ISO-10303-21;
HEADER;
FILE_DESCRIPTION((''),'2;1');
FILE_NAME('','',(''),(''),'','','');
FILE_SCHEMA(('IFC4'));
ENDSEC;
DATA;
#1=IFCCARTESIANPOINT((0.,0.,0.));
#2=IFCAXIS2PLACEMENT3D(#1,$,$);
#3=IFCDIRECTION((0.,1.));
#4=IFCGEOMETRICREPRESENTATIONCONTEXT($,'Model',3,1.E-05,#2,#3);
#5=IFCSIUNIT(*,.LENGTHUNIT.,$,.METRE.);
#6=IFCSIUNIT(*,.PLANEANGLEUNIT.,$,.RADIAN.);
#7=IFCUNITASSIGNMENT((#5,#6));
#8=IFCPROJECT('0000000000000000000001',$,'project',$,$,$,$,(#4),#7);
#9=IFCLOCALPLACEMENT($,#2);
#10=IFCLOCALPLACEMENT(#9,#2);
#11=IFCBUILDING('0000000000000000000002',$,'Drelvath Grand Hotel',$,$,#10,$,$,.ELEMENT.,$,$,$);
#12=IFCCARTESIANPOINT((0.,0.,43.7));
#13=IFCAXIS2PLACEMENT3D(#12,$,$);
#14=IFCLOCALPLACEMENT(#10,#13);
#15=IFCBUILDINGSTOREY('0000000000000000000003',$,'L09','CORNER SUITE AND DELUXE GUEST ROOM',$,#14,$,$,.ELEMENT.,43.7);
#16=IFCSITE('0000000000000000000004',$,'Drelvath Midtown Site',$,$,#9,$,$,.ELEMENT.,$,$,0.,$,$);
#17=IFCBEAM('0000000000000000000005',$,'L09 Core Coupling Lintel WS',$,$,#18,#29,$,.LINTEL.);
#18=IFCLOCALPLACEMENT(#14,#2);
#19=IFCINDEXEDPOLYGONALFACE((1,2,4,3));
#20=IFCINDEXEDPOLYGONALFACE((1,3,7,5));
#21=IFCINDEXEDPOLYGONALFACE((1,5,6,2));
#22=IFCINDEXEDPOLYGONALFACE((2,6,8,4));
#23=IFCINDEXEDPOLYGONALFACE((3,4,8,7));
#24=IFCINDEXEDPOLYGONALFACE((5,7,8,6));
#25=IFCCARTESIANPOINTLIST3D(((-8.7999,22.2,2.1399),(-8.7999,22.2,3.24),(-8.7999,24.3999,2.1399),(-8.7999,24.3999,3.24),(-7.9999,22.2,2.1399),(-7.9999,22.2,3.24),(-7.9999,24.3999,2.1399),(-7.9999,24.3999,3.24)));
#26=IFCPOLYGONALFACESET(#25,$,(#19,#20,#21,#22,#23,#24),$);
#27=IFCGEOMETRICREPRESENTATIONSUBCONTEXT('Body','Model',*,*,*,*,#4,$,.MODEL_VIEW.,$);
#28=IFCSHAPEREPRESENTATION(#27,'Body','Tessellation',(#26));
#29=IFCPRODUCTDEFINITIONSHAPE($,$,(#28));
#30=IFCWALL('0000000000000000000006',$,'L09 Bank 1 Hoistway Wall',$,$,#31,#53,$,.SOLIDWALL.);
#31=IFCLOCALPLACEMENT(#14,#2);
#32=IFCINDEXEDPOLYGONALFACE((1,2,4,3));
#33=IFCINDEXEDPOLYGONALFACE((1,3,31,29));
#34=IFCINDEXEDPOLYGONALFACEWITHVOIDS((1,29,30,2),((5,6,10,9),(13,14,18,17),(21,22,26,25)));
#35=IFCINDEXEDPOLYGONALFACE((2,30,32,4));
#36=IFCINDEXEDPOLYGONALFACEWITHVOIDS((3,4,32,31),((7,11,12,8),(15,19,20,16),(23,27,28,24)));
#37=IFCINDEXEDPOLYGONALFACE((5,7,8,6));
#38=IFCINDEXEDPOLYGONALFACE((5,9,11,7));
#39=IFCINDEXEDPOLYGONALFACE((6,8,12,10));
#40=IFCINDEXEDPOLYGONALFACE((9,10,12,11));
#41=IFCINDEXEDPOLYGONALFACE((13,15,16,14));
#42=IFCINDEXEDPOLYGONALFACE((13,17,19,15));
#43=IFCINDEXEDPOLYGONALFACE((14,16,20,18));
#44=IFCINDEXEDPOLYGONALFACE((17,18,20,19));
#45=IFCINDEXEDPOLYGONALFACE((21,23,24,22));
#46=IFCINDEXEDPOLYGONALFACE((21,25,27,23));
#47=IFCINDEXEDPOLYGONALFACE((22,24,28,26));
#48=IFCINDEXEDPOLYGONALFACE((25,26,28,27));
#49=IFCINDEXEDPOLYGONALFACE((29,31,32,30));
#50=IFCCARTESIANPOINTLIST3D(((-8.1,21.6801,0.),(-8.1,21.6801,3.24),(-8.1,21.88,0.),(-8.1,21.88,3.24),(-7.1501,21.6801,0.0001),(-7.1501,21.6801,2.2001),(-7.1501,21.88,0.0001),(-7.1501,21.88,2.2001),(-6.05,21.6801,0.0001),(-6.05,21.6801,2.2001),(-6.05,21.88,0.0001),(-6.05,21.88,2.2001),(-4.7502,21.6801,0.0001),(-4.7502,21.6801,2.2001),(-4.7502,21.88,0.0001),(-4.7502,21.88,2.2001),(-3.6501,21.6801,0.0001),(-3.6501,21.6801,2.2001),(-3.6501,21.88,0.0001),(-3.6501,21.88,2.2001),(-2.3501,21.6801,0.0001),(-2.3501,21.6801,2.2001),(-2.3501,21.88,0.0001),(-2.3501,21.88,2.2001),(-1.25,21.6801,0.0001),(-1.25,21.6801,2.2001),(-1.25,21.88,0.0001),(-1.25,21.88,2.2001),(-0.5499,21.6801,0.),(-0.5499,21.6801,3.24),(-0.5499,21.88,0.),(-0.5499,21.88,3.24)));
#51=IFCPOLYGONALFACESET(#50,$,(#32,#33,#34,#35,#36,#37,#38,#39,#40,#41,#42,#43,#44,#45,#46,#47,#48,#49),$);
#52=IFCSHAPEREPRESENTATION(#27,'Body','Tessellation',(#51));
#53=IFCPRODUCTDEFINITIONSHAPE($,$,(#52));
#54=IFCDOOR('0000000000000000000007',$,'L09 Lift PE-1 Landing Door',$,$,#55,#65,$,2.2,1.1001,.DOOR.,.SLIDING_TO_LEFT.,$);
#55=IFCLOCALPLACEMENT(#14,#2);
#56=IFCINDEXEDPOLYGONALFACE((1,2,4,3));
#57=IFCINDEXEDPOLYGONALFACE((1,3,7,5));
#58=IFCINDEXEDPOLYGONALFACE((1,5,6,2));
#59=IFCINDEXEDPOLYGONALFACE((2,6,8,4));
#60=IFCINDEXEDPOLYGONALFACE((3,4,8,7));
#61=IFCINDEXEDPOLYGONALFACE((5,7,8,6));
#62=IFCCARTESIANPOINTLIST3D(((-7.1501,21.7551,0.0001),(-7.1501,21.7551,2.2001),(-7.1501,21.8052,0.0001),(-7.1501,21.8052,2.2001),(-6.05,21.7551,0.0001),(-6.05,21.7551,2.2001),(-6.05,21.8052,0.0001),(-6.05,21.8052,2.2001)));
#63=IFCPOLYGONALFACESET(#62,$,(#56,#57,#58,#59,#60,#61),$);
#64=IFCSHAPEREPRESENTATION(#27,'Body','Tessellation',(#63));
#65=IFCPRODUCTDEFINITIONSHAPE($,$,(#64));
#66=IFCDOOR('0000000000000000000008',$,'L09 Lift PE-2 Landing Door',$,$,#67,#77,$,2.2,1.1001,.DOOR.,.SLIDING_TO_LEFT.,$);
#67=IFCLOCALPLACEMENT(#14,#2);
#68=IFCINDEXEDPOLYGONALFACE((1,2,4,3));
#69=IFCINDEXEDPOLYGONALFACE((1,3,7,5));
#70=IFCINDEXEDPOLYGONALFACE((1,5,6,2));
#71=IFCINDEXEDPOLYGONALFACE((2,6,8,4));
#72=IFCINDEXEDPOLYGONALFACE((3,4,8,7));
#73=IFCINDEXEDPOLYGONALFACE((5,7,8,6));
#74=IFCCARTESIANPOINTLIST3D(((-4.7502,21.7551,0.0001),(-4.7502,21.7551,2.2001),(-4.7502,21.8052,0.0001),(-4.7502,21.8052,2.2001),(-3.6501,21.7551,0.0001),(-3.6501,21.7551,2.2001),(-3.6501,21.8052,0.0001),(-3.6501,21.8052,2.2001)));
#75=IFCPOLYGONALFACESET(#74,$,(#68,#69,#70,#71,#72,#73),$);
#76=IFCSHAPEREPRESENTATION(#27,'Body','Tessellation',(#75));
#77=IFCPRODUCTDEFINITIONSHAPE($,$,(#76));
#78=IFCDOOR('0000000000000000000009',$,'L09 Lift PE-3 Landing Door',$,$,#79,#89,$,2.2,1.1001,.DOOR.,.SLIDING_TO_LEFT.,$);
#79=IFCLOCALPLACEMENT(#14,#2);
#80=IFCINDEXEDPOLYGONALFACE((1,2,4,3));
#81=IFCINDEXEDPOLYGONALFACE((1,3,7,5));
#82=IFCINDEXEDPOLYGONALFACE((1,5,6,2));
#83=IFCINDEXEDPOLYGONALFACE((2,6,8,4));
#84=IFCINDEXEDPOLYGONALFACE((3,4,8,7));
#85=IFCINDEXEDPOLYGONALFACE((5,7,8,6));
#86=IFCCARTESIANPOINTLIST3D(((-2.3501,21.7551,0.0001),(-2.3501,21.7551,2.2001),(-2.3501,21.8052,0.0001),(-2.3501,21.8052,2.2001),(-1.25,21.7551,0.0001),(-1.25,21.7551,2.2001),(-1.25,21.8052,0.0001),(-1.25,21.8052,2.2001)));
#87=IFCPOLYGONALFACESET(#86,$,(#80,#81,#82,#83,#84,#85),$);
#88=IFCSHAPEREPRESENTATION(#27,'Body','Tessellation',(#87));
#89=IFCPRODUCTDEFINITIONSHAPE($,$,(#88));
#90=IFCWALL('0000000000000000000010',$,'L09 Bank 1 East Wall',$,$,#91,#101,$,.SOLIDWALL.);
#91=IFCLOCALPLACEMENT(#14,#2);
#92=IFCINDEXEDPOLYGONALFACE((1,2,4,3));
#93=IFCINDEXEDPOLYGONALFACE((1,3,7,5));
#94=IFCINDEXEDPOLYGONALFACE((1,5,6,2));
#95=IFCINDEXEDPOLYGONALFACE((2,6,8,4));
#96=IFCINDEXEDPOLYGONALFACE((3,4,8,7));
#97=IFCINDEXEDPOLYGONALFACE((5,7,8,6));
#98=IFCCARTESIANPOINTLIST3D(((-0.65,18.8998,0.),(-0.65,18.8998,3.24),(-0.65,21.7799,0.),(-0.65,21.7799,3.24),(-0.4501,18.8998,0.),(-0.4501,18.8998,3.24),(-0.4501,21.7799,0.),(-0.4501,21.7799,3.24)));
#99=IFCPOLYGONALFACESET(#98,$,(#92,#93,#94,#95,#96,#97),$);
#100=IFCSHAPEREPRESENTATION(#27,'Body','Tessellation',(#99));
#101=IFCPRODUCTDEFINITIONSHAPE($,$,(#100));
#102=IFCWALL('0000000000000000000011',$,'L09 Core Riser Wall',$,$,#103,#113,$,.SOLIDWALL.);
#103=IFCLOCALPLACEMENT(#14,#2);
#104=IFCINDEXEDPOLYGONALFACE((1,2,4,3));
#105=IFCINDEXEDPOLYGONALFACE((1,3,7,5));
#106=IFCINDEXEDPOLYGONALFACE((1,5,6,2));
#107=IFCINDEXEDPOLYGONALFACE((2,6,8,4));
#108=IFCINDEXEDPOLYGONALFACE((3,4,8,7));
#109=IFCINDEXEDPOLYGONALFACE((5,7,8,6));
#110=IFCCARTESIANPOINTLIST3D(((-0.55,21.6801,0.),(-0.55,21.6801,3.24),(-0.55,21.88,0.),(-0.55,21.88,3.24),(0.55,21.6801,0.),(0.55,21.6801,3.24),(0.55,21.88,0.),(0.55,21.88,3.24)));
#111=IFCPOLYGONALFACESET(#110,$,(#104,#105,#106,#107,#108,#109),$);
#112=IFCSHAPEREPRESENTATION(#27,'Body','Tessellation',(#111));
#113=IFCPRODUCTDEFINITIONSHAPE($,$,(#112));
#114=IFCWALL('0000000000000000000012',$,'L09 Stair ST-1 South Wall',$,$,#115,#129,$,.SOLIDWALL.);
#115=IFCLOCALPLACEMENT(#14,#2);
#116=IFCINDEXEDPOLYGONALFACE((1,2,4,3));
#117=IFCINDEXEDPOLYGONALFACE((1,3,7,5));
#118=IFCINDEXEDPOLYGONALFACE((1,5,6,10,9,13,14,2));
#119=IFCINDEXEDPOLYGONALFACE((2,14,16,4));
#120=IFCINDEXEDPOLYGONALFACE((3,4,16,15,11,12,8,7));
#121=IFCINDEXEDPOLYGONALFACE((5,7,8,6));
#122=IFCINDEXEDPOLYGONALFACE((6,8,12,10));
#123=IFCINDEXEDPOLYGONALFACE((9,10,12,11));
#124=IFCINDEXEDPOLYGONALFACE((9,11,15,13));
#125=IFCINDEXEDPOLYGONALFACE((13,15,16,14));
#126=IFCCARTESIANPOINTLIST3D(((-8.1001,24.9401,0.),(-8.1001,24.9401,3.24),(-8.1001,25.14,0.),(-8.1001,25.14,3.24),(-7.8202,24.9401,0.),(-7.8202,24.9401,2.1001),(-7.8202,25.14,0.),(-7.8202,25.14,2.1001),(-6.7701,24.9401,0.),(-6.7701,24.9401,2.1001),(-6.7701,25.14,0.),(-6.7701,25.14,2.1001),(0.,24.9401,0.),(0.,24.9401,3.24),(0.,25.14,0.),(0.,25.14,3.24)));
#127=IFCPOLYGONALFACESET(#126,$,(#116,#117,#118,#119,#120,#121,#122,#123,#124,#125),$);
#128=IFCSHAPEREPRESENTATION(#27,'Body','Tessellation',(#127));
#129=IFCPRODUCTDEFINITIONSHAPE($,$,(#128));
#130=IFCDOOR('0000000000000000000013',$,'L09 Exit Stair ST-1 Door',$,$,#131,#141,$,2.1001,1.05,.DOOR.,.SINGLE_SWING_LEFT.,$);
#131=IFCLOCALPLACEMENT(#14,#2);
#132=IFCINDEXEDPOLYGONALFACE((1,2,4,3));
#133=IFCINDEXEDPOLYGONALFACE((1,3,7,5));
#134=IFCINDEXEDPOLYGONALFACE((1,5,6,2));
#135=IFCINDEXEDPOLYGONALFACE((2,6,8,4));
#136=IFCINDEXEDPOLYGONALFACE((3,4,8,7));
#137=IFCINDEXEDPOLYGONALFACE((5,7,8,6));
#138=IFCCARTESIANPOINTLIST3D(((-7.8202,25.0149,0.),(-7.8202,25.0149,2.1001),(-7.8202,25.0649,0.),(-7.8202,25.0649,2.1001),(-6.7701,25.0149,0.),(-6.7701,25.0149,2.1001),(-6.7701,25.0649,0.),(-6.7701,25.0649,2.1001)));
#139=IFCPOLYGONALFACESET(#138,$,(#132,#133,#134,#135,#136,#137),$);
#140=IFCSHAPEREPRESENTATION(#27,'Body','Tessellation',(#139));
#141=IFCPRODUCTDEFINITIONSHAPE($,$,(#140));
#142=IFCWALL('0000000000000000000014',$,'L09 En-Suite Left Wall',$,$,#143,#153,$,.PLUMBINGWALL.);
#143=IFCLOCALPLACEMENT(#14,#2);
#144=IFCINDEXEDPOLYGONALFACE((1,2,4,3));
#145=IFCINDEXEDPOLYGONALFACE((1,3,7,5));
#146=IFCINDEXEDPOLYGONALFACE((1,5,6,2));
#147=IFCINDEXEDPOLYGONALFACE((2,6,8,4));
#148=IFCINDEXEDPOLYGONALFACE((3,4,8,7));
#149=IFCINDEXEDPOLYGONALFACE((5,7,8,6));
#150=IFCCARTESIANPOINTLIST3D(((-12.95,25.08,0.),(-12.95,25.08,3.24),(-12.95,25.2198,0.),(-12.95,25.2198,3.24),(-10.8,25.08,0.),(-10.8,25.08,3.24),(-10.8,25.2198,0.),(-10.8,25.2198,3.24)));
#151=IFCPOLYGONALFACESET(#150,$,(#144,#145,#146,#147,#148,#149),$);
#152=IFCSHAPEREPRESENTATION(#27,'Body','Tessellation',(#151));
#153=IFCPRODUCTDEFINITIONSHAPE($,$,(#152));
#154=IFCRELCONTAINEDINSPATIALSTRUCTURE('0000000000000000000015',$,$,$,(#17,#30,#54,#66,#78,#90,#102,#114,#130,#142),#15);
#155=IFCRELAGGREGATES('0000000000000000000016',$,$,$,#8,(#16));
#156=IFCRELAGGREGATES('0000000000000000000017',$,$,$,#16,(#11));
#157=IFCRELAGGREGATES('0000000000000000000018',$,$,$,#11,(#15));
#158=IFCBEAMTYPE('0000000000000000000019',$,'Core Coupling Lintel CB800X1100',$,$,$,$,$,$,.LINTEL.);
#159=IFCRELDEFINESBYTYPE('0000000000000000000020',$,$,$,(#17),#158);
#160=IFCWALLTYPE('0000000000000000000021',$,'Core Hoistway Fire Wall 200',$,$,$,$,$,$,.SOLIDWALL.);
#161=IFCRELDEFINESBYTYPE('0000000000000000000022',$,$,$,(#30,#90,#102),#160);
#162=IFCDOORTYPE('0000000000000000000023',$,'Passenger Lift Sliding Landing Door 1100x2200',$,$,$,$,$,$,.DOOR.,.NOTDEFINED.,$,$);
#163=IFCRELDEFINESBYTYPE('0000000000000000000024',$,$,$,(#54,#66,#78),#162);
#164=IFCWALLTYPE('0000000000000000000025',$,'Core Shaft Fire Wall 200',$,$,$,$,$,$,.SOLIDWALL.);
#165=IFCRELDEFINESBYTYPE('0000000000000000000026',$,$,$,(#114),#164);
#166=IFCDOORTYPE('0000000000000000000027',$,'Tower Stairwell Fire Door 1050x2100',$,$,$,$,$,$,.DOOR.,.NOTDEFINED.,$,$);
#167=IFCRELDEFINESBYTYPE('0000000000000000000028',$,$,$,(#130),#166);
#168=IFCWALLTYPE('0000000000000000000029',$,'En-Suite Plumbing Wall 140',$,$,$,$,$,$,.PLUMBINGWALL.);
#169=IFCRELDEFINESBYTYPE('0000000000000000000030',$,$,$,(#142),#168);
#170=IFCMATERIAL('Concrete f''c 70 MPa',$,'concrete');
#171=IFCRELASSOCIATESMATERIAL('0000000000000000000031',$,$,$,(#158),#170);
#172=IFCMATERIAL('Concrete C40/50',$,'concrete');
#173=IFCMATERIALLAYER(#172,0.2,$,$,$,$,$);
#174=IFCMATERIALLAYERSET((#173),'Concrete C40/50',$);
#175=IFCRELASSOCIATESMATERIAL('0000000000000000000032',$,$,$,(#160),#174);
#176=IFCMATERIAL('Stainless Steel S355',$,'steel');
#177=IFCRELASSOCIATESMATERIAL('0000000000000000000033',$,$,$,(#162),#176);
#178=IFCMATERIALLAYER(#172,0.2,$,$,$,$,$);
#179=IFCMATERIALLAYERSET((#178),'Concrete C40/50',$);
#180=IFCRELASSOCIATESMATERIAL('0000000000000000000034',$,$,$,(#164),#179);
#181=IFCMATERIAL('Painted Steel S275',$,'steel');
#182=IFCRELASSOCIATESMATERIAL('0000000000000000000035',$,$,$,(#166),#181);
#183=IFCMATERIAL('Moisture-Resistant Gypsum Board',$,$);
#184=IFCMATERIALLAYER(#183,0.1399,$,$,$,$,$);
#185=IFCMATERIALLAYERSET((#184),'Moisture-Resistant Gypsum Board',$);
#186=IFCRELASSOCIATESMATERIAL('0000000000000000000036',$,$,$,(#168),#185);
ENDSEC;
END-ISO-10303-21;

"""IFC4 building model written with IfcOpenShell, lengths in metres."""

from ifc_helpers import new_model, si_unit, direction, frame, frame_2d, origin, origin_2d, place, context, subcontext, project, spatial, rectangle, extrude, material, layer, layer_set, material_profile, profile_set, type_object, element, fill, save


model = new_model("IFC4")

# Units and contexts
model_context = context("Model", 3, precision=1e-05, world=origin(), true_north=direction((0.0, 1.0)))
body_context = subcontext(model_context, "Body", "Model", "MODEL_VIEW")
ifc_project = project(units=[si_unit("LENGTHUNIT", "METRE"), si_unit("PLANEANGLEUNIT", "RADIAN")], contexts=[model_context])

# Site, building, storey
site_placement = place(None, origin())
site = spatial("IfcSite", under=ifc_project, at=site_placement, Name="Drelvath Midtown Site", CompositionType="ELEMENT", RefElevation=0.0)
building_placement = place(site_placement, origin())
building = spatial("IfcBuilding", under=site, at=building_placement, Name="Drelvath Grand Hotel", CompositionType="ELEMENT")
storey_placement = place(building_placement, frame((0.0, 0.0, 43.7)))
storey = spatial("IfcBuildingStorey", under=building, at=storey_placement, Name="L09", Description="CORNER SUITE AND DELUXE GUEST ROOM", CompositionType="ELEMENT", Elevation=43.7)

# Beam
ifc_material_1 = material(Name="Concrete f'c 70 MPa", Category="concrete")
ifc_material_profile = material_profile(ifc_material_1, rectangle(XDim=0.8, YDim=1.1001, at=origin_2d()), Name="CB800X1100")
ifc_profile_set = profile_set([ifc_material_profile], Name="Concrete f'c 70 MPa")
beam_type = type_object("IfcBeamType", Name="Core Coupling Lintel CB800X1100", PredefinedType="LINTEL", material=ifc_profile_set)
beam_placement = place(storey_placement, frame((-8.3999, 22.2, 2.6899), z_axis=(0.0, 1.0, 0.0), x_axis=(-1.0, 0.0, 0.0)))
element("IfcBeam", 1, at=beam_placement, inside=storey, type_object=beam_type, Name="L09 Core Coupling Lintel WS", PredefinedType="LINTEL", context=body_context, shape_type="SweptSolid", body=[
    extrude(rectangle(XDim=0.8, YDim=1.1001, at=origin_2d()), origin(), (0.0, 0.0, 1.0), 2.2),
])

# Wall, openings, doors
ifc_material_2 = material(Name="Concrete C40/50", Category="concrete")
ifc_layer_1 = layer(ifc_material_2, 0.2)
ifc_layer_set_1 = layer_set([ifc_layer_1], Name="Concrete C40/50")
wall_type_1 = type_object("IfcWallType", Name="Core Hoistway Fire Wall 200", PredefinedType="SOLIDWALL", material=ifc_layer_set_1)
wall_1_placement = place(storey_placement, frame((-0.55, 21.78, 0.0), z_axis=(0.0, 0.0, 1.0), x_axis=(-1.0, 0.0, 0.0)))
wall_1 = element("IfcWall", 2, at=wall_1_placement, inside=storey, type_object=wall_type_1, Name="L09 Bank 1 Hoistway Wall", PredefinedType="SOLIDWALL", context=body_context, shape_type="SweptSolid", body=[
    extrude(rectangle(XDim=7.55, YDim=0.2, at=frame_2d((3.7749, 0.0))), origin(), (0.0, 0.0, 1.0), 3.24),
])
opening_1_placement = place(wall_1_placement, frame((5.5, 0.0, 0.0)))
opening_1 = element("IfcOpeningElement", 3, at=opening_1_placement, cuts=wall_1, PredefinedType="OPENING", context=body_context, shape_type="SweptSolid", body=[
    extrude(rectangle(XDim=1.1001, YDim=2.2, at=frame_2d((0.55, 1.1001))), frame((0.0, 0.1099, 0.0), z_axis=(0.0, -1.0, 0.0), x_axis=(1.0, 0.0, 0.0)), (0.0, 0.0, 1.0), 0.22),
])
opening_2_placement = place(wall_1_placement, frame((3.1001, 0.0, 0.0)))
opening_2 = element("IfcOpeningElement", 4, at=opening_2_placement, cuts=wall_1, PredefinedType="OPENING", context=body_context, shape_type="SweptSolid", body=[
    extrude(rectangle(XDim=1.1001, YDim=2.2, at=frame_2d((0.55, 1.1001))), frame((0.0, 0.1099, 0.0), z_axis=(0.0, -1.0, 0.0), x_axis=(1.0, 0.0, 0.0)), (0.0, 0.0, 1.0), 0.22),
])
opening_3_placement = place(wall_1_placement, frame((0.7, 0.0, 0.0)))
opening_3 = element("IfcOpeningElement", 5, at=opening_3_placement, cuts=wall_1, PredefinedType="OPENING", context=body_context, shape_type="SweptSolid", body=[
    extrude(rectangle(XDim=1.1001, YDim=2.2, at=frame_2d((0.55, 1.1001))), frame((0.0, 0.1099, 0.0), z_axis=(0.0, -1.0, 0.0), x_axis=(1.0, 0.0, 0.0)), (0.0, 0.0, 1.0), 0.22),
])
ifc_material_3 = material(Name="Stainless Steel S355", Category="steel")
door_type_1 = type_object("IfcDoorType", Name="Passenger Lift Sliding Landing Door 1100x2200", OperationType="NOTDEFINED", PredefinedType="DOOR", material=ifc_material_3)
door_1_placement = place(opening_1_placement, origin())
door_1 = element("IfcDoor", 6, at=door_1_placement, inside=storey, type_object=door_type_1, Name="L09 Lift PE-1 Landing Door", OperationType="SLIDING_TO_LEFT", OverallHeight=2.2, OverallWidth=1.1001, PredefinedType="DOOR", context=body_context, shape_type="SweptSolid", body=[
    extrude(rectangle(XDim=1.1001, YDim=2.2, at=frame_2d((0.55, 1.1001))), frame((0.0, 0.0249, 0.0), z_axis=(0.0, -1.0, 0.0), x_axis=(1.0, 0.0, 0.0)), (0.0, 0.0, 1.0), 0.05),
])
fill(opening_1, door_1)
door_2_placement = place(opening_2_placement, origin())
door_2 = element("IfcDoor", 7, at=door_2_placement, inside=storey, type_object=door_type_1, Name="L09 Lift PE-2 Landing Door", OperationType="SLIDING_TO_LEFT", OverallHeight=2.2, OverallWidth=1.1001, PredefinedType="DOOR", context=body_context, shape_type="SweptSolid", body=[
    extrude(rectangle(XDim=1.1001, YDim=2.2, at=frame_2d((0.55, 1.1001))), frame((0.0, 0.0249, 0.0), z_axis=(0.0, -1.0, 0.0), x_axis=(1.0, 0.0, 0.0)), (0.0, 0.0, 1.0), 0.05),
])
fill(opening_2, door_2)
door_3_placement = place(opening_3_placement, origin())
door_3 = element("IfcDoor", 8, at=door_3_placement, inside=storey, type_object=door_type_1, Name="L09 Lift PE-3 Landing Door", OperationType="SLIDING_TO_LEFT", OverallHeight=2.2, OverallWidth=1.1001, PredefinedType="DOOR", context=body_context, shape_type="SweptSolid", body=[
    extrude(rectangle(XDim=1.1001, YDim=2.2, at=frame_2d((0.55, 1.1001))), frame((0.0, 0.0249, 0.0), z_axis=(0.0, -1.0, 0.0), x_axis=(1.0, 0.0, 0.0)), (0.0, 0.0, 1.0), 0.05),
])
fill(opening_3, door_3)

# Walls
wall_2_placement = place(storey_placement, frame((-0.55, 18.8999, 0.0), z_axis=(0.0, 0.0, 1.0), x_axis=(0.0, 1.0, 0.0)))
element("IfcWall", 9, at=wall_2_placement, inside=storey, type_object=wall_type_1, Name="L09 Bank 1 East Wall", PredefinedType="SOLIDWALL", context=body_context, shape_type="SweptSolid", body=[
    extrude(rectangle(XDim=2.8801, YDim=0.2, at=frame_2d((1.4399, 0.0))), origin(), (0.0, 0.0, 1.0), 3.24),
])
wall_3_placement = place(storey_placement, frame((-0.55, 21.78, 0.0), z_axis=(0.0, 0.0, 1.0), x_axis=(1.0, 0.0, 0.0)))
element("IfcWall", 10, at=wall_3_placement, inside=storey, type_object=wall_type_1, Name="L09 Core Riser Wall", PredefinedType="SOLIDWALL", context=body_context, shape_type="SweptSolid", body=[
    extrude(rectangle(XDim=1.1001, YDim=0.2, at=frame_2d((0.55, 0.0))), origin(), (0.0, 0.0, 1.0), 3.24),
])

# Wall, opening, door
ifc_layer_2 = layer(ifc_material_2, 0.2)
ifc_layer_set_2 = layer_set([ifc_layer_2], Name="Concrete C40/50")
wall_type_2 = type_object("IfcWallType", Name="Core Shaft Fire Wall 200", PredefinedType="SOLIDWALL", material=ifc_layer_set_2)
wall_4_placement = place(storey_placement, frame((-8.1001, 25.04, 0.0), z_axis=(0.0, 0.0, 1.0), x_axis=(1.0, 0.0, 0.0)))
wall_4 = element("IfcWall", 11, at=wall_4_placement, inside=storey, type_object=wall_type_2, Name="L09 Stair ST-1 South Wall", PredefinedType="SOLIDWALL", context=body_context, shape_type="SweptSolid", body=[
    extrude(rectangle(XDim=8.1001, YDim=0.2, at=frame_2d((4.05, 0.0))), origin(), (0.0, 0.0, 1.0), 3.24),
])
opening_4_placement = place(wall_4_placement, frame((0.28, 0.0, 0.0)))
opening_4 = element("IfcOpeningElement", 12, at=opening_4_placement, cuts=wall_4, PredefinedType="OPENING", context=body_context, shape_type="SweptSolid", body=[
    extrude(rectangle(XDim=1.05, YDim=2.1001, at=frame_2d((0.5249, 1.05))), frame((0.0, 0.1099, 0.0), z_axis=(0.0, -1.0, 0.0), x_axis=(1.0, 0.0, 0.0)), (0.0, 0.0, 1.0), 0.22),
])
ifc_material_4 = material(Name="Painted Steel S275", Category="steel")
door_type_2 = type_object("IfcDoorType", Name="Tower Stairwell Fire Door 1050x2100", OperationType="NOTDEFINED", PredefinedType="DOOR", material=ifc_material_4)
door_4_placement = place(opening_4_placement, origin())
door_4 = element("IfcDoor", 13, at=door_4_placement, inside=storey, type_object=door_type_2, Name="L09 Exit Stair ST-1 Door", OperationType="SINGLE_SWING_LEFT", OverallHeight=2.1001, OverallWidth=1.05, PredefinedType="DOOR", context=body_context, shape_type="SweptSolid", body=[
    extrude(rectangle(XDim=1.05, YDim=2.1001, at=frame_2d((0.5249, 1.05))), frame((0.0, 0.0249, 0.0), z_axis=(0.0, -1.0, 0.0), x_axis=(1.0, 0.0, 0.0)), (0.0, 0.0, 1.0), 0.05),
])
fill(opening_4, door_4)

# Wall
ifc_material_5 = material(Name="Moisture-Resistant Gypsum Board")
ifc_layer_3 = layer(ifc_material_5, 0.1399)
ifc_layer_set_3 = layer_set([ifc_layer_3], Name="Moisture-Resistant Gypsum Board")
wall_type_3 = type_object("IfcWallType", Name="En-Suite Plumbing Wall 140", PredefinedType="PLUMBINGWALL", material=ifc_layer_set_3)
wall_5_placement = place(storey_placement, frame((-10.8, 25.1499, 0.0), z_axis=(0.0, 0.0, 1.0), x_axis=(-1.0, 0.0, 0.0)))
element("IfcWall", 14, at=wall_5_placement, inside=storey, type_object=wall_type_3, Name="L09 En-Suite Left Wall", PredefinedType="PLUMBINGWALL", context=body_context, shape_type="SweptSolid", body=[
    extrude(rectangle(XDim=2.1499, YDim=0.1399, at=frame_2d((1.075, 0.0))), origin(), (0.0, 0.0, 1.0), 3.24),
])

save(model, "model.ifc")
